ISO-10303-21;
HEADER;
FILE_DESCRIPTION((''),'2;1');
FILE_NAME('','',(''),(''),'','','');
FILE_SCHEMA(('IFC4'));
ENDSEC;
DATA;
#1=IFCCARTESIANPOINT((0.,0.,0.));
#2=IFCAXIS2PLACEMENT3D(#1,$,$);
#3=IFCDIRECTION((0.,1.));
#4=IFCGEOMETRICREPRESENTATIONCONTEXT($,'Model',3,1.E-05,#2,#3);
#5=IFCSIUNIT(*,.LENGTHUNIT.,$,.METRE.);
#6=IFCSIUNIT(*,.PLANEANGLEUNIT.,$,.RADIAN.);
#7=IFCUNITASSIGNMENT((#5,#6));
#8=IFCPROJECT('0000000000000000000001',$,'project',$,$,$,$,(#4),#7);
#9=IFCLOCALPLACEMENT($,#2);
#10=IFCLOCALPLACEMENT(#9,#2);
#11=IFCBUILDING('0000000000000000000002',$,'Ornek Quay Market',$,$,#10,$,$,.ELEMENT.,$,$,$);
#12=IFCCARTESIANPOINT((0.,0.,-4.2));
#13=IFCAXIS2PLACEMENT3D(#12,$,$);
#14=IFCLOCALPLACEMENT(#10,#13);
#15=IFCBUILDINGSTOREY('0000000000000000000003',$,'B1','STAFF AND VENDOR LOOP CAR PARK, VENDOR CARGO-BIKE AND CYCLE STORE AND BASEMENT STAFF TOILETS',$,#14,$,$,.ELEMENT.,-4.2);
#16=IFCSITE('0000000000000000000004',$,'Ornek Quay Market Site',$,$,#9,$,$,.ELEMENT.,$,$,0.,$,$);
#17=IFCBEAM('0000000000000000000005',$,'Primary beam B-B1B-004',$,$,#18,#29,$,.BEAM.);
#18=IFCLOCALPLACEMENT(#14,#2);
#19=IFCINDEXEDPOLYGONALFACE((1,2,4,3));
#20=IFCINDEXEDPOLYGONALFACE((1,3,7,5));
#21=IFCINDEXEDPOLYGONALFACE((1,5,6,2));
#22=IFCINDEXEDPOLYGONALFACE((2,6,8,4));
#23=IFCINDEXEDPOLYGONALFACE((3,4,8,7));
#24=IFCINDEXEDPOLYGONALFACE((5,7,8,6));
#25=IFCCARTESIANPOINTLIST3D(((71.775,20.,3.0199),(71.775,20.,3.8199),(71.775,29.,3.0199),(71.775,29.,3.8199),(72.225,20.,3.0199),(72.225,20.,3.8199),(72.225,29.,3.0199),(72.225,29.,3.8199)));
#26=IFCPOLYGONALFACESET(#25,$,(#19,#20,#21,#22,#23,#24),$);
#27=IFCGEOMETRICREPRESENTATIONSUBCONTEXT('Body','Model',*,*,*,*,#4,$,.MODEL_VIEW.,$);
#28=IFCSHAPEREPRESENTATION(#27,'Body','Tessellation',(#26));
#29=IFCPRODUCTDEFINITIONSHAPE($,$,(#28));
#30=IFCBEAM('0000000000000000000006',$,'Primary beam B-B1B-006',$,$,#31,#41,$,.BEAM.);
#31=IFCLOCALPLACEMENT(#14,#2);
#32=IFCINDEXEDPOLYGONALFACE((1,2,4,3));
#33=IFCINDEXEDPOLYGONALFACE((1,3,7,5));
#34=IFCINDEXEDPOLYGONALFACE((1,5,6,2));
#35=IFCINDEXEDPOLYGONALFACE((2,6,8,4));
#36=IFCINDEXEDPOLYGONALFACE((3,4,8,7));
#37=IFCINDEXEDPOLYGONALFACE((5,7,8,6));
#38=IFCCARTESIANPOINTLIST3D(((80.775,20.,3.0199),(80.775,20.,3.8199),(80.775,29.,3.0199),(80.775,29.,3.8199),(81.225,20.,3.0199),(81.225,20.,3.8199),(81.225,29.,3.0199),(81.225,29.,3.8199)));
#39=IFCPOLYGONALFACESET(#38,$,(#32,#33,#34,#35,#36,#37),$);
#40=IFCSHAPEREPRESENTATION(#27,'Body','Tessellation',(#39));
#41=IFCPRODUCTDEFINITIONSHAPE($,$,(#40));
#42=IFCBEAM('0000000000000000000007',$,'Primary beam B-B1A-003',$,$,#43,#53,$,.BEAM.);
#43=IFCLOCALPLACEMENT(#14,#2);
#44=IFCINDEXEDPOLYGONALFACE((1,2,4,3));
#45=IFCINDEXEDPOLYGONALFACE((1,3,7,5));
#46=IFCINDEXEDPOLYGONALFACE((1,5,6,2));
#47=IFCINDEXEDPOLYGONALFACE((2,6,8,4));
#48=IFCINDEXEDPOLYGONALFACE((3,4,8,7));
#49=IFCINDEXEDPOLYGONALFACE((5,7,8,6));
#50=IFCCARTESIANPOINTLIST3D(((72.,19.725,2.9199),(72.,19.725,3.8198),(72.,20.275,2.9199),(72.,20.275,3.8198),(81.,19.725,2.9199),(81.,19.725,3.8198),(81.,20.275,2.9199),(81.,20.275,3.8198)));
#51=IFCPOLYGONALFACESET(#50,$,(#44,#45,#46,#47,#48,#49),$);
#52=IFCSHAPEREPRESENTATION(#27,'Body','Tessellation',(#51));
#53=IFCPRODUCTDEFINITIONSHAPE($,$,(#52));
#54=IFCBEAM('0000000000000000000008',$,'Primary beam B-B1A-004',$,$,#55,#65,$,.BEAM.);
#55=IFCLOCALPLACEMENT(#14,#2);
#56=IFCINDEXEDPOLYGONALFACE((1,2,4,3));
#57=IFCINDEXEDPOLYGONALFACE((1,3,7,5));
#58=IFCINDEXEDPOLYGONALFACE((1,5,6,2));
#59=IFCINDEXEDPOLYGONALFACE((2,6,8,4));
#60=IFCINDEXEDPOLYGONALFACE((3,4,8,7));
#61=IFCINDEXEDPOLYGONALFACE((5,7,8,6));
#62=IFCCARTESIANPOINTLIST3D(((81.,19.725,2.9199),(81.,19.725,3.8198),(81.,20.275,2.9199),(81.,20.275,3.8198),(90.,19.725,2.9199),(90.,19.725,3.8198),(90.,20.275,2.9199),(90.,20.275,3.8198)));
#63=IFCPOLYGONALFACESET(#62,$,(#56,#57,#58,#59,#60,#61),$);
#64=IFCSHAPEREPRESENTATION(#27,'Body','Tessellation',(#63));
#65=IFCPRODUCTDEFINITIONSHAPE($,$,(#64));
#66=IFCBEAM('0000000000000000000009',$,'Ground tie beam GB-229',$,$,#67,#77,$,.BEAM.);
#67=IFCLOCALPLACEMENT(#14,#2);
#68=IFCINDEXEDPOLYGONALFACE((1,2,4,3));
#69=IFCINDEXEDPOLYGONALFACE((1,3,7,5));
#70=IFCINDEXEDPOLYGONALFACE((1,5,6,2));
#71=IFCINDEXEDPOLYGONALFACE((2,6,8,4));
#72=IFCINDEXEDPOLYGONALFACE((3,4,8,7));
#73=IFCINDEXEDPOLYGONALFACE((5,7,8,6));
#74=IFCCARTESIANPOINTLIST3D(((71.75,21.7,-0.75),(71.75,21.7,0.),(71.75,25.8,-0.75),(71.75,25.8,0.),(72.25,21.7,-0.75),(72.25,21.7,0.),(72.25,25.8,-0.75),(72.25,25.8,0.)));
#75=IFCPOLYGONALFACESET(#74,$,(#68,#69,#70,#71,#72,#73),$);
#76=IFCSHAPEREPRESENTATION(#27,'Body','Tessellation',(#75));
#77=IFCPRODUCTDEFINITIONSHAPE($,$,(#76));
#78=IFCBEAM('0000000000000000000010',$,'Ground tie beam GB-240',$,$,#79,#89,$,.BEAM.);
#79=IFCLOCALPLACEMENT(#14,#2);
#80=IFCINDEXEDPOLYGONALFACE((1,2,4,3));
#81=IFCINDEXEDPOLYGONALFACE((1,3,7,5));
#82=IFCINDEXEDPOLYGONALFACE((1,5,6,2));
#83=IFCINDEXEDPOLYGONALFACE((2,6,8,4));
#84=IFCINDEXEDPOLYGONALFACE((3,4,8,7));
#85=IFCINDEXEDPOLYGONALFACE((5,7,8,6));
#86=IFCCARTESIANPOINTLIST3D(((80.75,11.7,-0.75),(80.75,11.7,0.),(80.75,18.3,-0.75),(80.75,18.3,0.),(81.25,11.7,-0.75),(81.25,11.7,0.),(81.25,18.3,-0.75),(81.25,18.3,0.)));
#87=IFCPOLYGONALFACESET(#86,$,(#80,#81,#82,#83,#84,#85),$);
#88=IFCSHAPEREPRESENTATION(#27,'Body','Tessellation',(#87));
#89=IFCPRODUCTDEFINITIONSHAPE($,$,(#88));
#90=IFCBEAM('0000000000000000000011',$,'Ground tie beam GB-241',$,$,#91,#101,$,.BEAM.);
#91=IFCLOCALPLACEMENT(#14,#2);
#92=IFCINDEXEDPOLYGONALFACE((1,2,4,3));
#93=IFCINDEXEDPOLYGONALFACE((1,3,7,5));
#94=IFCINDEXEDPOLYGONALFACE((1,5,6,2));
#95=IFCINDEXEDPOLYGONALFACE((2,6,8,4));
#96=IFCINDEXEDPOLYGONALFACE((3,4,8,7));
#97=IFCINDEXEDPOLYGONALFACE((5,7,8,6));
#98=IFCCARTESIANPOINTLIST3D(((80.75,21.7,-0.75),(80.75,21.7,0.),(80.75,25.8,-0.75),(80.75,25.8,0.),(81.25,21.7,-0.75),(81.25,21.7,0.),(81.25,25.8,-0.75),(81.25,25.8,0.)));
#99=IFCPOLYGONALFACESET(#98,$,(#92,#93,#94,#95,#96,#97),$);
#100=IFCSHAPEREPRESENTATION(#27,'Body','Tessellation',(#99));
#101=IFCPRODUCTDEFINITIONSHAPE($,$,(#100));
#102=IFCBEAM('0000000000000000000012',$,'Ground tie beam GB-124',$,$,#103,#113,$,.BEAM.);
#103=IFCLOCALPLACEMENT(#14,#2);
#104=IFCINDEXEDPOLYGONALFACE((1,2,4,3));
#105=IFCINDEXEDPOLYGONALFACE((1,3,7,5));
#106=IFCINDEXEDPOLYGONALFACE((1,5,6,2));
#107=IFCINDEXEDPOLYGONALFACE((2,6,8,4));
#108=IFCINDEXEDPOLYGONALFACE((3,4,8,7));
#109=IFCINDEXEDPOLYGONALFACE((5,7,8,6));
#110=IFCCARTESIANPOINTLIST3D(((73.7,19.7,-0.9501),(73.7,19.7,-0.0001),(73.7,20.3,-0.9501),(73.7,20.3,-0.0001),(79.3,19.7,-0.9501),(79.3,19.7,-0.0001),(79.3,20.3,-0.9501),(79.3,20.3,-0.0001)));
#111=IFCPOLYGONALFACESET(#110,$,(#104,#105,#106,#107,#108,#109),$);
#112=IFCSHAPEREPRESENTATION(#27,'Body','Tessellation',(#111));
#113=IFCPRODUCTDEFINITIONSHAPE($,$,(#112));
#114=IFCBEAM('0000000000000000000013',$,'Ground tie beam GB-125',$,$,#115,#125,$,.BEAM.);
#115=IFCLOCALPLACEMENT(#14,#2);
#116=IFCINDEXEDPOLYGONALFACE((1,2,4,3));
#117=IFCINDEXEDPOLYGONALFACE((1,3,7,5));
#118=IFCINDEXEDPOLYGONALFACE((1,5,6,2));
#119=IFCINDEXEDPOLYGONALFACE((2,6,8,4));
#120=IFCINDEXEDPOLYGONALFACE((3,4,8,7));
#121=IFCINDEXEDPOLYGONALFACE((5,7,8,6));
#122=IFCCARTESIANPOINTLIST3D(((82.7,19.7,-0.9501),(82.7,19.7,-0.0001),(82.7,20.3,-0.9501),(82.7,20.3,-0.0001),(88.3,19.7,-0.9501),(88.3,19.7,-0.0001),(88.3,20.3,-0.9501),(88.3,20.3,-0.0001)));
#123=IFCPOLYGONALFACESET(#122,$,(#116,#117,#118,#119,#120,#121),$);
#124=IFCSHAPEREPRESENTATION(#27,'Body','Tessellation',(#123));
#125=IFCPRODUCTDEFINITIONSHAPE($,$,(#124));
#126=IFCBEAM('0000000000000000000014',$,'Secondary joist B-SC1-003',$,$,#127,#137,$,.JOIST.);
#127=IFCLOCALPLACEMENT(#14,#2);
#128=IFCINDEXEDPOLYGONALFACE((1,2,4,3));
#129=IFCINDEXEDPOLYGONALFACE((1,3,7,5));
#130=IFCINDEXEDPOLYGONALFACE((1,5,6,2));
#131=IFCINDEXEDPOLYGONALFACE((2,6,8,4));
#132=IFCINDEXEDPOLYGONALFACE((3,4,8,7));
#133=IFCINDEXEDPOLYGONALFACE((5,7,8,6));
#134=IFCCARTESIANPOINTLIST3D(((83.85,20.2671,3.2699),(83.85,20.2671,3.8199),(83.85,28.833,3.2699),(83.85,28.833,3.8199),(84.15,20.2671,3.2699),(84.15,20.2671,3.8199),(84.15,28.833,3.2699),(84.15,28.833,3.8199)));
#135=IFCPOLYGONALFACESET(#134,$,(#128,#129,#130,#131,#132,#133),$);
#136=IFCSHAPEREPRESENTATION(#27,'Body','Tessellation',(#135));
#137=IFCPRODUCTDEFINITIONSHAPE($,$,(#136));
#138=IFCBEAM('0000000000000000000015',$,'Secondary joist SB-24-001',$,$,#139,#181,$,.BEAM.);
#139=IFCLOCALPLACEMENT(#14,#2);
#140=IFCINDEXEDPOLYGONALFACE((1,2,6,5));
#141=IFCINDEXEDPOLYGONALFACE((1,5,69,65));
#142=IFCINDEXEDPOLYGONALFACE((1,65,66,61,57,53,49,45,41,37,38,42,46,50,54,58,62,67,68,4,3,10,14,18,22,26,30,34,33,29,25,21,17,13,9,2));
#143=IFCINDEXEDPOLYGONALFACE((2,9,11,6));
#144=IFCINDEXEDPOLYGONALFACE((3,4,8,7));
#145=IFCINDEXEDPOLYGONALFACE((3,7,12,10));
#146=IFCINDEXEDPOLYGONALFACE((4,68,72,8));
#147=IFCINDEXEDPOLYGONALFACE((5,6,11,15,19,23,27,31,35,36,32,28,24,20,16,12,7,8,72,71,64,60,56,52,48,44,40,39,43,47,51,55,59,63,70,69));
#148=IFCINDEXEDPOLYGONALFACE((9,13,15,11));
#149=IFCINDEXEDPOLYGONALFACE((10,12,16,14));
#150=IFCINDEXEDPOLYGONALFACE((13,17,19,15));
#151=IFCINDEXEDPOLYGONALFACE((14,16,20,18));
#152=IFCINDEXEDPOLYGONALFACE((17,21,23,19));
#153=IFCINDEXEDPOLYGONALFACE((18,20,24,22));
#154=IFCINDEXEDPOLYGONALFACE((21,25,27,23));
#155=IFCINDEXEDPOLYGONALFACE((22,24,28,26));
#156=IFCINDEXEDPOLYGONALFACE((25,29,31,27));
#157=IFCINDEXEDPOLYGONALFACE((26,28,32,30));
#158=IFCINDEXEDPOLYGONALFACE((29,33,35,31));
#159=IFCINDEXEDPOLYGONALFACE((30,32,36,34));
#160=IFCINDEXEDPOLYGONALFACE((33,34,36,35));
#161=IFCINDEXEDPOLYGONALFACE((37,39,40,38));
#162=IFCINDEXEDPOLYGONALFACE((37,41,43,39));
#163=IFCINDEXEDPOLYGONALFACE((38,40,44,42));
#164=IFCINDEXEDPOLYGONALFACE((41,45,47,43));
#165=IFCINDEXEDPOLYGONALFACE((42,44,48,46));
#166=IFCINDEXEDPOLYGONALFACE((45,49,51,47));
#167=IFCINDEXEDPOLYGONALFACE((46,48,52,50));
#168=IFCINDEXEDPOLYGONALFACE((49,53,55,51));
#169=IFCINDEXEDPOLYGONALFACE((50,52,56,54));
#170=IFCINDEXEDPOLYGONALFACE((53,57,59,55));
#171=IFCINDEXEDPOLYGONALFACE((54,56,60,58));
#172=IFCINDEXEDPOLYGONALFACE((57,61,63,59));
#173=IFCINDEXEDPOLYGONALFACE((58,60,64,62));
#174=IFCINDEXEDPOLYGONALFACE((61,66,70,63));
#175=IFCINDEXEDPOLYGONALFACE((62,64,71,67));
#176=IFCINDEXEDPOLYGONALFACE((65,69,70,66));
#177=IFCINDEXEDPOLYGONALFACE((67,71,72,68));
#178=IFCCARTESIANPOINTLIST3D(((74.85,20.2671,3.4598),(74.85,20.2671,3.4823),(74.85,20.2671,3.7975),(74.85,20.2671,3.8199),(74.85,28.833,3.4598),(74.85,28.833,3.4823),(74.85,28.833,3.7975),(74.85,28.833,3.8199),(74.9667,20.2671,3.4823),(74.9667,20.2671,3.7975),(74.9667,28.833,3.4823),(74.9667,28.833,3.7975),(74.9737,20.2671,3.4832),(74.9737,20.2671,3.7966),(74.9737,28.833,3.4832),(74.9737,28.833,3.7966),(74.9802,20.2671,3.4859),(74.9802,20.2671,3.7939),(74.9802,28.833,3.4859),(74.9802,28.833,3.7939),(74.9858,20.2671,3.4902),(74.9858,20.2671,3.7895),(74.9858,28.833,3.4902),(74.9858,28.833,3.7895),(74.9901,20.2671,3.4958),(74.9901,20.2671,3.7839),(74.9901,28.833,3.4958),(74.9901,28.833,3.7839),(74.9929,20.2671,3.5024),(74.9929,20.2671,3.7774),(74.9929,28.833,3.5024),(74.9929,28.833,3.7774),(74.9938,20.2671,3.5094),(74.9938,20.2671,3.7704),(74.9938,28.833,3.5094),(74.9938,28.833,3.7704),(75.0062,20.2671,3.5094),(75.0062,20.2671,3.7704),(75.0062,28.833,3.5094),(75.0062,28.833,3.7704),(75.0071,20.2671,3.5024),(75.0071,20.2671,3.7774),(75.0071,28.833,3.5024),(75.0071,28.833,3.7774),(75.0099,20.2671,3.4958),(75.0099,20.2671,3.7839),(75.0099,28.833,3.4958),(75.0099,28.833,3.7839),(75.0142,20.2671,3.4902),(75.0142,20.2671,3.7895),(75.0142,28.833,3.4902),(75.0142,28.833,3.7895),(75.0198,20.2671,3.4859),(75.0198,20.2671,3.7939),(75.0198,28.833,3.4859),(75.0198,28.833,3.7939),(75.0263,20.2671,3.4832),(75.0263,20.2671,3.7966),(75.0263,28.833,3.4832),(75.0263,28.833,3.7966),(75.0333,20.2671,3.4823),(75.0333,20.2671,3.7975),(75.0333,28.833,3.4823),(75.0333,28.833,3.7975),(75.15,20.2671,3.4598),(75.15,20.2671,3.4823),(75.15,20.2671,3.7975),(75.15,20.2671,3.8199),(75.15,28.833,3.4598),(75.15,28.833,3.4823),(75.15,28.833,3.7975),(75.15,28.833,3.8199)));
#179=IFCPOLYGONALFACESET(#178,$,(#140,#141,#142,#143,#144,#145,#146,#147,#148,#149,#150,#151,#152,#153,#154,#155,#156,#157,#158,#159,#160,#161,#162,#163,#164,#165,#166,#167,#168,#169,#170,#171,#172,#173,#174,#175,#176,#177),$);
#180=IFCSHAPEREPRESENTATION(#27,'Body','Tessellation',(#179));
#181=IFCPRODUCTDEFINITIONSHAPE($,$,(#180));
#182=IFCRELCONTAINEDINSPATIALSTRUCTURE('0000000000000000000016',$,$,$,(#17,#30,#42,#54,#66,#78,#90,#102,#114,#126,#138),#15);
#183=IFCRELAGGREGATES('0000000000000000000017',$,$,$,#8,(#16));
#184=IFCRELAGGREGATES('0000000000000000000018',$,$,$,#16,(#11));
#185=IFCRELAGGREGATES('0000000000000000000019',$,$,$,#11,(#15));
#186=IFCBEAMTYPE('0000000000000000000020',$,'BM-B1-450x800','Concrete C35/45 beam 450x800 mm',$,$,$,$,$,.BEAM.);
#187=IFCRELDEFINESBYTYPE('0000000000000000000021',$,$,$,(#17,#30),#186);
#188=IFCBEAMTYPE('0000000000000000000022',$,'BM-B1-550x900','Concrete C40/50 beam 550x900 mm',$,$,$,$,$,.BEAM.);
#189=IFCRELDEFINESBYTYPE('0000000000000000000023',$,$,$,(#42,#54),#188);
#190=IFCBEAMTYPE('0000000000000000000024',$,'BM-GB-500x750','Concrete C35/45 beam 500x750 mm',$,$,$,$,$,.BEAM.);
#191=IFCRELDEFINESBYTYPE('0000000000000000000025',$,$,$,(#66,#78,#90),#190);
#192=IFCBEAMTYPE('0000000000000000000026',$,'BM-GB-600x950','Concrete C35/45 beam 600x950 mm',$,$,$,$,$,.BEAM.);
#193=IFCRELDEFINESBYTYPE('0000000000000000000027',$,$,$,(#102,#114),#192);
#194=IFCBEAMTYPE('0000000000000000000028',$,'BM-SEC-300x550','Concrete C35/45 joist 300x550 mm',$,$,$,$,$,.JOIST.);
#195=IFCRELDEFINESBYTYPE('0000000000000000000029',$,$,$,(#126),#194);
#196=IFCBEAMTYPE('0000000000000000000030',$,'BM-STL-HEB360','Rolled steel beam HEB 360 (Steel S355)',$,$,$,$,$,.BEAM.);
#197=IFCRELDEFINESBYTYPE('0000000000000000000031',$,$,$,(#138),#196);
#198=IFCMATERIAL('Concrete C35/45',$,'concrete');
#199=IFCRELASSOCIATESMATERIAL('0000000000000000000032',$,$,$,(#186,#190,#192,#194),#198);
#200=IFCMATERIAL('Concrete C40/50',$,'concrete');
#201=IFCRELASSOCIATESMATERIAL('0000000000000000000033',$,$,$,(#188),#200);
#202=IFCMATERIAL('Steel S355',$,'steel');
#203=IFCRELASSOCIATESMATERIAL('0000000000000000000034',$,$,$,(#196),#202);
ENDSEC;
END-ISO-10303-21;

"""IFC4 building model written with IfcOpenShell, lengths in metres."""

from ifc_helpers import new_model, si_unit, direction, frame, origin, origin_2d, place, context, subcontext, project, spatial, rectangle, i_section, extrude, material, material_profile, profile_set, type_object, element, save


model = new_model("IFC4")

# Units and contexts
model_context = context("Model", 3, precision=1e-05, world=origin(), true_north=direction((0.0, 1.0)))
body_context = subcontext(model_context, "Body", "Model", "MODEL_VIEW")
ifc_project = project(units=[si_unit("LENGTHUNIT", "METRE"), si_unit("PLANEANGLEUNIT", "RADIAN")], contexts=[model_context])

# Site, building, storey
site_placement = place(None, origin())
site = spatial("IfcSite", under=ifc_project, at=site_placement, Name="Ornek Quay Market Site", CompositionType="ELEMENT", RefElevation=0.0)
building_placement = place(site_placement, origin())
building = spatial("IfcBuilding", under=site, at=building_placement, Name="Ornek Quay Market", CompositionType="ELEMENT")
storey_placement = place(building_placement, frame((0.0, 0.0, -4.2)))
storey = spatial("IfcBuildingStorey", under=building, at=storey_placement, Name="B1", Description="STAFF AND VENDOR LOOP CAR PARK, VENDOR CARGO-BIKE AND CYCLE STORE AND BASEMENT STAFF TOILETS", CompositionType="ELEMENT", Elevation=-4.2)

# Shared definitions
ifc_material_1 = material(Name="Concrete C35/45", Category="concrete")

# Shared definitions
ifc_material_2 = material(Name="Concrete C40/50", Category="concrete")

# Beams
ifc_material_profile_1 = material_profile(ifc_material_1, rectangle(XDim=0.45, YDim=0.8, at=origin_2d()), Name="RC 450x800", Category="concrete")
ifc_profile_set_1 = profile_set([ifc_material_profile_1], Name="Concrete C35/45")
beam_type_1 = type_object("IfcBeamType", Name="BM-B1-450x800", Description="Concrete C35/45 beam 450x800 mm", PredefinedType="BEAM", material=ifc_profile_set_1)
for number, where, z_axis, x_axis, name in (
    (1, (72.0, 20.0, 3.4199), (0.0, 1.0, 0.0), (-1.0, 0.0, 0.0), "Primary beam B-B1B-004"),
    (2, (81.0, 20.0, 3.4199), (0.0, 1.0, 0.0), (-1.0, 0.0, 0.0), "Primary beam B-B1B-006"),
):
    element("IfcBeam", number, at=place(storey_placement, frame(where, z_axis=z_axis, x_axis=x_axis)), inside=storey, type_object=beam_type_1, Name=name, PredefinedType="BEAM", context=body_context, shape_type="SweptSolid", body=[
        extrude(rectangle(XDim=0.45, YDim=0.8, at=origin_2d()), origin(), (0.0, 0.0, 1.0), 9.0),
    ])
ifc_material_profile_2 = material_profile(ifc_material_2, rectangle(XDim=0.55, YDim=0.8999, at=origin_2d()), Name="RC 550x900", Category="concrete")
ifc_profile_set_2 = profile_set([ifc_material_profile_2], Name="Concrete C40/50")
beam_type_2 = type_object("IfcBeamType", Name="BM-B1-550x900", Description="Concrete C40/50 beam 550x900 mm", PredefinedType="BEAM", material=ifc_profile_set_2)
for number, where, z_axis, x_axis, name in (
    (3, (72.0, 20.0, 3.3699), (1.0, 0.0, 0.0), (0.0, 1.0, 0.0), "Primary beam B-B1A-003"),
    (4, (81.0, 20.0, 3.3699), (1.0, 0.0, 0.0), (0.0, 1.0, 0.0), "Primary beam B-B1A-004"),
):
    element("IfcBeam", number, at=place(storey_placement, frame(where, z_axis=z_axis, x_axis=x_axis)), inside=storey, type_object=beam_type_2, Name=name, PredefinedType="BEAM", context=body_context, shape_type="SweptSolid", body=[
        extrude(rectangle(XDim=0.55, YDim=0.8999, at=origin_2d()), origin(), (0.0, 0.0, 1.0), 9.0),
    ])
ifc_material_profile_3 = material_profile(ifc_material_1, rectangle(XDim=0.5, YDim=0.75, at=origin_2d()), Name="RC 500x750", Category="concrete")
ifc_profile_set_3 = profile_set([ifc_material_profile_3], Name="Concrete C35/45")
beam_type_3 = type_object("IfcBeamType", Name="BM-GB-500x750", Description="Concrete C35/45 beam 500x750 mm", PredefinedType="BEAM", material=ifc_profile_set_3)
beam_1_placement = place(storey_placement, frame((72.0, 21.7, -0.375), z_axis=(0.0, 1.0, 0.0), x_axis=(-1.0, 0.0, 0.0)))
element("IfcBeam", 5, at=beam_1_placement, inside=storey, type_object=beam_type_3, Name="Ground tie beam GB-229", PredefinedType="BEAM", context=body_context, shape_type="SweptSolid", body=[
    extrude(rectangle(XDim=0.5, YDim=0.75, at=origin_2d()), origin(), (0.0, 0.0, 1.0), 4.1001),
])
beam_2_placement = place(storey_placement, frame((81.0, 11.7, -0.375), z_axis=(0.0, 1.0, 0.0), x_axis=(-1.0, 0.0, 0.0)))
element("IfcBeam", 6, at=beam_2_placement, inside=storey, type_object=beam_type_3, Name="Ground tie beam GB-240", PredefinedType="BEAM", context=body_context, shape_type="SweptSolid", body=[
    extrude(rectangle(XDim=0.5, YDim=0.75, at=origin_2d()), origin(), (0.0, 0.0, 1.0), 6.6001),
])
beam_3_placement = place(storey_placement, frame((81.0, 21.7, -0.375), z_axis=(0.0, 1.0, 0.0), x_axis=(-1.0, 0.0, 0.0)))
element("IfcBeam", 7, at=beam_3_placement, inside=storey, type_object=beam_type_3, Name="Ground tie beam GB-241", PredefinedType="BEAM", context=body_context, shape_type="SweptSolid", body=[
    extrude(rectangle(XDim=0.5, YDim=0.75, at=origin_2d()), origin(), (0.0, 0.0, 1.0), 4.1001),
])
ifc_material_profile_4 = material_profile(ifc_material_1, rectangle(XDim=0.6001, YDim=0.95, at=origin_2d()), Name="RC 600x950", Category="concrete")
ifc_profile_set_4 = profile_set([ifc_material_profile_4], Name="Concrete C35/45")
beam_type_4 = type_object("IfcBeamType", Name="BM-GB-600x950", Description="Concrete C35/45 beam 600x950 mm", PredefinedType="BEAM", material=ifc_profile_set_4)
for number, where, z_axis, x_axis, name in (
    (8, (73.7, 20.0, -0.4751), (1.0, 0.0, 0.0), (0.0, 1.0, 0.0), "Ground tie beam GB-124"),
    (9, (82.7, 20.0, -0.4751), (1.0, 0.0, 0.0), (0.0, 1.0, 0.0), "Ground tie beam GB-125"),
):
    element("IfcBeam", number, at=place(storey_placement, frame(where, z_axis=z_axis, x_axis=x_axis)), inside=storey, type_object=beam_type_4, Name=name, PredefinedType="BEAM", context=body_context, shape_type="SweptSolid", body=[
        extrude(rectangle(XDim=0.6001, YDim=0.95, at=origin_2d()), origin(), (0.0, 0.0, 1.0), 5.6001),
    ])
ifc_material_profile_5 = material_profile(ifc_material_1, rectangle(XDim=0.3, YDim=0.55, at=origin_2d()), Name="RC 300x550", Category="concrete")
ifc_profile_set_5 = profile_set([ifc_material_profile_5], Name="Concrete C35/45")
beam_type_5 = type_object("IfcBeamType", Name="BM-SEC-300x550", Description="Concrete C35/45 joist 300x550 mm", PredefinedType="JOIST", material=ifc_profile_set_5)
beam_4_placement = place(storey_placement, frame((84.0, 20.2671, 3.5449), z_axis=(0.0, 1.0, 0.0), x_axis=(-1.0, 0.0, 0.0)))
element("IfcBeam", 10, at=beam_4_placement, inside=storey, type_object=beam_type_5, Name="Secondary joist B-SC1-003", PredefinedType="JOIST", context=body_context, shape_type="SweptSolid", body=[
    extrude(rectangle(XDim=0.3, YDim=0.55, at=origin_2d()), origin(), (0.0, 0.0, 1.0), 8.5659),
])
ifc_material_3 = material(Name="Steel S355", Category="steel")
ifc_material_profile_6 = material_profile(ifc_material_3, i_section(OverallWidth=0.3, OverallDepth=0.3601, WebThickness=0.0125, FlangeThickness=0.0225, FilletRadius=0.0271, at=origin_2d()), Name="HEB 360", Category="steel")
ifc_profile_set_6 = profile_set([ifc_material_profile_6], Name="Steel S355")
beam_type_6 = type_object("IfcBeamType", Name="BM-STL-HEB360", Description="Rolled steel beam HEB 360 (Steel S355)", PredefinedType="BEAM", material=ifc_profile_set_6)
for number, where, z_axis, x_axis, name in (
    (11, (75.0, 20.2671, 3.6399), (0.0, 1.0, 0.0), (-1.0, 0.0, 0.0), "Secondary joist SB-24-001"),
):
    element("IfcBeam", number, at=place(storey_placement, frame(where, z_axis=z_axis, x_axis=x_axis)), inside=storey, type_object=beam_type_6, Name=name, PredefinedType="BEAM", context=body_context, shape_type="SweptSolid", body=[
        extrude(i_section(OverallWidth=0.3, OverallDepth=0.3601, WebThickness=0.0125, FlangeThickness=0.0225, FilletRadius=0.0271, at=origin_2d()), origin(), (0.0, 0.0, 1.0), 8.5659),
    ])

save(model, "model.ifc")
